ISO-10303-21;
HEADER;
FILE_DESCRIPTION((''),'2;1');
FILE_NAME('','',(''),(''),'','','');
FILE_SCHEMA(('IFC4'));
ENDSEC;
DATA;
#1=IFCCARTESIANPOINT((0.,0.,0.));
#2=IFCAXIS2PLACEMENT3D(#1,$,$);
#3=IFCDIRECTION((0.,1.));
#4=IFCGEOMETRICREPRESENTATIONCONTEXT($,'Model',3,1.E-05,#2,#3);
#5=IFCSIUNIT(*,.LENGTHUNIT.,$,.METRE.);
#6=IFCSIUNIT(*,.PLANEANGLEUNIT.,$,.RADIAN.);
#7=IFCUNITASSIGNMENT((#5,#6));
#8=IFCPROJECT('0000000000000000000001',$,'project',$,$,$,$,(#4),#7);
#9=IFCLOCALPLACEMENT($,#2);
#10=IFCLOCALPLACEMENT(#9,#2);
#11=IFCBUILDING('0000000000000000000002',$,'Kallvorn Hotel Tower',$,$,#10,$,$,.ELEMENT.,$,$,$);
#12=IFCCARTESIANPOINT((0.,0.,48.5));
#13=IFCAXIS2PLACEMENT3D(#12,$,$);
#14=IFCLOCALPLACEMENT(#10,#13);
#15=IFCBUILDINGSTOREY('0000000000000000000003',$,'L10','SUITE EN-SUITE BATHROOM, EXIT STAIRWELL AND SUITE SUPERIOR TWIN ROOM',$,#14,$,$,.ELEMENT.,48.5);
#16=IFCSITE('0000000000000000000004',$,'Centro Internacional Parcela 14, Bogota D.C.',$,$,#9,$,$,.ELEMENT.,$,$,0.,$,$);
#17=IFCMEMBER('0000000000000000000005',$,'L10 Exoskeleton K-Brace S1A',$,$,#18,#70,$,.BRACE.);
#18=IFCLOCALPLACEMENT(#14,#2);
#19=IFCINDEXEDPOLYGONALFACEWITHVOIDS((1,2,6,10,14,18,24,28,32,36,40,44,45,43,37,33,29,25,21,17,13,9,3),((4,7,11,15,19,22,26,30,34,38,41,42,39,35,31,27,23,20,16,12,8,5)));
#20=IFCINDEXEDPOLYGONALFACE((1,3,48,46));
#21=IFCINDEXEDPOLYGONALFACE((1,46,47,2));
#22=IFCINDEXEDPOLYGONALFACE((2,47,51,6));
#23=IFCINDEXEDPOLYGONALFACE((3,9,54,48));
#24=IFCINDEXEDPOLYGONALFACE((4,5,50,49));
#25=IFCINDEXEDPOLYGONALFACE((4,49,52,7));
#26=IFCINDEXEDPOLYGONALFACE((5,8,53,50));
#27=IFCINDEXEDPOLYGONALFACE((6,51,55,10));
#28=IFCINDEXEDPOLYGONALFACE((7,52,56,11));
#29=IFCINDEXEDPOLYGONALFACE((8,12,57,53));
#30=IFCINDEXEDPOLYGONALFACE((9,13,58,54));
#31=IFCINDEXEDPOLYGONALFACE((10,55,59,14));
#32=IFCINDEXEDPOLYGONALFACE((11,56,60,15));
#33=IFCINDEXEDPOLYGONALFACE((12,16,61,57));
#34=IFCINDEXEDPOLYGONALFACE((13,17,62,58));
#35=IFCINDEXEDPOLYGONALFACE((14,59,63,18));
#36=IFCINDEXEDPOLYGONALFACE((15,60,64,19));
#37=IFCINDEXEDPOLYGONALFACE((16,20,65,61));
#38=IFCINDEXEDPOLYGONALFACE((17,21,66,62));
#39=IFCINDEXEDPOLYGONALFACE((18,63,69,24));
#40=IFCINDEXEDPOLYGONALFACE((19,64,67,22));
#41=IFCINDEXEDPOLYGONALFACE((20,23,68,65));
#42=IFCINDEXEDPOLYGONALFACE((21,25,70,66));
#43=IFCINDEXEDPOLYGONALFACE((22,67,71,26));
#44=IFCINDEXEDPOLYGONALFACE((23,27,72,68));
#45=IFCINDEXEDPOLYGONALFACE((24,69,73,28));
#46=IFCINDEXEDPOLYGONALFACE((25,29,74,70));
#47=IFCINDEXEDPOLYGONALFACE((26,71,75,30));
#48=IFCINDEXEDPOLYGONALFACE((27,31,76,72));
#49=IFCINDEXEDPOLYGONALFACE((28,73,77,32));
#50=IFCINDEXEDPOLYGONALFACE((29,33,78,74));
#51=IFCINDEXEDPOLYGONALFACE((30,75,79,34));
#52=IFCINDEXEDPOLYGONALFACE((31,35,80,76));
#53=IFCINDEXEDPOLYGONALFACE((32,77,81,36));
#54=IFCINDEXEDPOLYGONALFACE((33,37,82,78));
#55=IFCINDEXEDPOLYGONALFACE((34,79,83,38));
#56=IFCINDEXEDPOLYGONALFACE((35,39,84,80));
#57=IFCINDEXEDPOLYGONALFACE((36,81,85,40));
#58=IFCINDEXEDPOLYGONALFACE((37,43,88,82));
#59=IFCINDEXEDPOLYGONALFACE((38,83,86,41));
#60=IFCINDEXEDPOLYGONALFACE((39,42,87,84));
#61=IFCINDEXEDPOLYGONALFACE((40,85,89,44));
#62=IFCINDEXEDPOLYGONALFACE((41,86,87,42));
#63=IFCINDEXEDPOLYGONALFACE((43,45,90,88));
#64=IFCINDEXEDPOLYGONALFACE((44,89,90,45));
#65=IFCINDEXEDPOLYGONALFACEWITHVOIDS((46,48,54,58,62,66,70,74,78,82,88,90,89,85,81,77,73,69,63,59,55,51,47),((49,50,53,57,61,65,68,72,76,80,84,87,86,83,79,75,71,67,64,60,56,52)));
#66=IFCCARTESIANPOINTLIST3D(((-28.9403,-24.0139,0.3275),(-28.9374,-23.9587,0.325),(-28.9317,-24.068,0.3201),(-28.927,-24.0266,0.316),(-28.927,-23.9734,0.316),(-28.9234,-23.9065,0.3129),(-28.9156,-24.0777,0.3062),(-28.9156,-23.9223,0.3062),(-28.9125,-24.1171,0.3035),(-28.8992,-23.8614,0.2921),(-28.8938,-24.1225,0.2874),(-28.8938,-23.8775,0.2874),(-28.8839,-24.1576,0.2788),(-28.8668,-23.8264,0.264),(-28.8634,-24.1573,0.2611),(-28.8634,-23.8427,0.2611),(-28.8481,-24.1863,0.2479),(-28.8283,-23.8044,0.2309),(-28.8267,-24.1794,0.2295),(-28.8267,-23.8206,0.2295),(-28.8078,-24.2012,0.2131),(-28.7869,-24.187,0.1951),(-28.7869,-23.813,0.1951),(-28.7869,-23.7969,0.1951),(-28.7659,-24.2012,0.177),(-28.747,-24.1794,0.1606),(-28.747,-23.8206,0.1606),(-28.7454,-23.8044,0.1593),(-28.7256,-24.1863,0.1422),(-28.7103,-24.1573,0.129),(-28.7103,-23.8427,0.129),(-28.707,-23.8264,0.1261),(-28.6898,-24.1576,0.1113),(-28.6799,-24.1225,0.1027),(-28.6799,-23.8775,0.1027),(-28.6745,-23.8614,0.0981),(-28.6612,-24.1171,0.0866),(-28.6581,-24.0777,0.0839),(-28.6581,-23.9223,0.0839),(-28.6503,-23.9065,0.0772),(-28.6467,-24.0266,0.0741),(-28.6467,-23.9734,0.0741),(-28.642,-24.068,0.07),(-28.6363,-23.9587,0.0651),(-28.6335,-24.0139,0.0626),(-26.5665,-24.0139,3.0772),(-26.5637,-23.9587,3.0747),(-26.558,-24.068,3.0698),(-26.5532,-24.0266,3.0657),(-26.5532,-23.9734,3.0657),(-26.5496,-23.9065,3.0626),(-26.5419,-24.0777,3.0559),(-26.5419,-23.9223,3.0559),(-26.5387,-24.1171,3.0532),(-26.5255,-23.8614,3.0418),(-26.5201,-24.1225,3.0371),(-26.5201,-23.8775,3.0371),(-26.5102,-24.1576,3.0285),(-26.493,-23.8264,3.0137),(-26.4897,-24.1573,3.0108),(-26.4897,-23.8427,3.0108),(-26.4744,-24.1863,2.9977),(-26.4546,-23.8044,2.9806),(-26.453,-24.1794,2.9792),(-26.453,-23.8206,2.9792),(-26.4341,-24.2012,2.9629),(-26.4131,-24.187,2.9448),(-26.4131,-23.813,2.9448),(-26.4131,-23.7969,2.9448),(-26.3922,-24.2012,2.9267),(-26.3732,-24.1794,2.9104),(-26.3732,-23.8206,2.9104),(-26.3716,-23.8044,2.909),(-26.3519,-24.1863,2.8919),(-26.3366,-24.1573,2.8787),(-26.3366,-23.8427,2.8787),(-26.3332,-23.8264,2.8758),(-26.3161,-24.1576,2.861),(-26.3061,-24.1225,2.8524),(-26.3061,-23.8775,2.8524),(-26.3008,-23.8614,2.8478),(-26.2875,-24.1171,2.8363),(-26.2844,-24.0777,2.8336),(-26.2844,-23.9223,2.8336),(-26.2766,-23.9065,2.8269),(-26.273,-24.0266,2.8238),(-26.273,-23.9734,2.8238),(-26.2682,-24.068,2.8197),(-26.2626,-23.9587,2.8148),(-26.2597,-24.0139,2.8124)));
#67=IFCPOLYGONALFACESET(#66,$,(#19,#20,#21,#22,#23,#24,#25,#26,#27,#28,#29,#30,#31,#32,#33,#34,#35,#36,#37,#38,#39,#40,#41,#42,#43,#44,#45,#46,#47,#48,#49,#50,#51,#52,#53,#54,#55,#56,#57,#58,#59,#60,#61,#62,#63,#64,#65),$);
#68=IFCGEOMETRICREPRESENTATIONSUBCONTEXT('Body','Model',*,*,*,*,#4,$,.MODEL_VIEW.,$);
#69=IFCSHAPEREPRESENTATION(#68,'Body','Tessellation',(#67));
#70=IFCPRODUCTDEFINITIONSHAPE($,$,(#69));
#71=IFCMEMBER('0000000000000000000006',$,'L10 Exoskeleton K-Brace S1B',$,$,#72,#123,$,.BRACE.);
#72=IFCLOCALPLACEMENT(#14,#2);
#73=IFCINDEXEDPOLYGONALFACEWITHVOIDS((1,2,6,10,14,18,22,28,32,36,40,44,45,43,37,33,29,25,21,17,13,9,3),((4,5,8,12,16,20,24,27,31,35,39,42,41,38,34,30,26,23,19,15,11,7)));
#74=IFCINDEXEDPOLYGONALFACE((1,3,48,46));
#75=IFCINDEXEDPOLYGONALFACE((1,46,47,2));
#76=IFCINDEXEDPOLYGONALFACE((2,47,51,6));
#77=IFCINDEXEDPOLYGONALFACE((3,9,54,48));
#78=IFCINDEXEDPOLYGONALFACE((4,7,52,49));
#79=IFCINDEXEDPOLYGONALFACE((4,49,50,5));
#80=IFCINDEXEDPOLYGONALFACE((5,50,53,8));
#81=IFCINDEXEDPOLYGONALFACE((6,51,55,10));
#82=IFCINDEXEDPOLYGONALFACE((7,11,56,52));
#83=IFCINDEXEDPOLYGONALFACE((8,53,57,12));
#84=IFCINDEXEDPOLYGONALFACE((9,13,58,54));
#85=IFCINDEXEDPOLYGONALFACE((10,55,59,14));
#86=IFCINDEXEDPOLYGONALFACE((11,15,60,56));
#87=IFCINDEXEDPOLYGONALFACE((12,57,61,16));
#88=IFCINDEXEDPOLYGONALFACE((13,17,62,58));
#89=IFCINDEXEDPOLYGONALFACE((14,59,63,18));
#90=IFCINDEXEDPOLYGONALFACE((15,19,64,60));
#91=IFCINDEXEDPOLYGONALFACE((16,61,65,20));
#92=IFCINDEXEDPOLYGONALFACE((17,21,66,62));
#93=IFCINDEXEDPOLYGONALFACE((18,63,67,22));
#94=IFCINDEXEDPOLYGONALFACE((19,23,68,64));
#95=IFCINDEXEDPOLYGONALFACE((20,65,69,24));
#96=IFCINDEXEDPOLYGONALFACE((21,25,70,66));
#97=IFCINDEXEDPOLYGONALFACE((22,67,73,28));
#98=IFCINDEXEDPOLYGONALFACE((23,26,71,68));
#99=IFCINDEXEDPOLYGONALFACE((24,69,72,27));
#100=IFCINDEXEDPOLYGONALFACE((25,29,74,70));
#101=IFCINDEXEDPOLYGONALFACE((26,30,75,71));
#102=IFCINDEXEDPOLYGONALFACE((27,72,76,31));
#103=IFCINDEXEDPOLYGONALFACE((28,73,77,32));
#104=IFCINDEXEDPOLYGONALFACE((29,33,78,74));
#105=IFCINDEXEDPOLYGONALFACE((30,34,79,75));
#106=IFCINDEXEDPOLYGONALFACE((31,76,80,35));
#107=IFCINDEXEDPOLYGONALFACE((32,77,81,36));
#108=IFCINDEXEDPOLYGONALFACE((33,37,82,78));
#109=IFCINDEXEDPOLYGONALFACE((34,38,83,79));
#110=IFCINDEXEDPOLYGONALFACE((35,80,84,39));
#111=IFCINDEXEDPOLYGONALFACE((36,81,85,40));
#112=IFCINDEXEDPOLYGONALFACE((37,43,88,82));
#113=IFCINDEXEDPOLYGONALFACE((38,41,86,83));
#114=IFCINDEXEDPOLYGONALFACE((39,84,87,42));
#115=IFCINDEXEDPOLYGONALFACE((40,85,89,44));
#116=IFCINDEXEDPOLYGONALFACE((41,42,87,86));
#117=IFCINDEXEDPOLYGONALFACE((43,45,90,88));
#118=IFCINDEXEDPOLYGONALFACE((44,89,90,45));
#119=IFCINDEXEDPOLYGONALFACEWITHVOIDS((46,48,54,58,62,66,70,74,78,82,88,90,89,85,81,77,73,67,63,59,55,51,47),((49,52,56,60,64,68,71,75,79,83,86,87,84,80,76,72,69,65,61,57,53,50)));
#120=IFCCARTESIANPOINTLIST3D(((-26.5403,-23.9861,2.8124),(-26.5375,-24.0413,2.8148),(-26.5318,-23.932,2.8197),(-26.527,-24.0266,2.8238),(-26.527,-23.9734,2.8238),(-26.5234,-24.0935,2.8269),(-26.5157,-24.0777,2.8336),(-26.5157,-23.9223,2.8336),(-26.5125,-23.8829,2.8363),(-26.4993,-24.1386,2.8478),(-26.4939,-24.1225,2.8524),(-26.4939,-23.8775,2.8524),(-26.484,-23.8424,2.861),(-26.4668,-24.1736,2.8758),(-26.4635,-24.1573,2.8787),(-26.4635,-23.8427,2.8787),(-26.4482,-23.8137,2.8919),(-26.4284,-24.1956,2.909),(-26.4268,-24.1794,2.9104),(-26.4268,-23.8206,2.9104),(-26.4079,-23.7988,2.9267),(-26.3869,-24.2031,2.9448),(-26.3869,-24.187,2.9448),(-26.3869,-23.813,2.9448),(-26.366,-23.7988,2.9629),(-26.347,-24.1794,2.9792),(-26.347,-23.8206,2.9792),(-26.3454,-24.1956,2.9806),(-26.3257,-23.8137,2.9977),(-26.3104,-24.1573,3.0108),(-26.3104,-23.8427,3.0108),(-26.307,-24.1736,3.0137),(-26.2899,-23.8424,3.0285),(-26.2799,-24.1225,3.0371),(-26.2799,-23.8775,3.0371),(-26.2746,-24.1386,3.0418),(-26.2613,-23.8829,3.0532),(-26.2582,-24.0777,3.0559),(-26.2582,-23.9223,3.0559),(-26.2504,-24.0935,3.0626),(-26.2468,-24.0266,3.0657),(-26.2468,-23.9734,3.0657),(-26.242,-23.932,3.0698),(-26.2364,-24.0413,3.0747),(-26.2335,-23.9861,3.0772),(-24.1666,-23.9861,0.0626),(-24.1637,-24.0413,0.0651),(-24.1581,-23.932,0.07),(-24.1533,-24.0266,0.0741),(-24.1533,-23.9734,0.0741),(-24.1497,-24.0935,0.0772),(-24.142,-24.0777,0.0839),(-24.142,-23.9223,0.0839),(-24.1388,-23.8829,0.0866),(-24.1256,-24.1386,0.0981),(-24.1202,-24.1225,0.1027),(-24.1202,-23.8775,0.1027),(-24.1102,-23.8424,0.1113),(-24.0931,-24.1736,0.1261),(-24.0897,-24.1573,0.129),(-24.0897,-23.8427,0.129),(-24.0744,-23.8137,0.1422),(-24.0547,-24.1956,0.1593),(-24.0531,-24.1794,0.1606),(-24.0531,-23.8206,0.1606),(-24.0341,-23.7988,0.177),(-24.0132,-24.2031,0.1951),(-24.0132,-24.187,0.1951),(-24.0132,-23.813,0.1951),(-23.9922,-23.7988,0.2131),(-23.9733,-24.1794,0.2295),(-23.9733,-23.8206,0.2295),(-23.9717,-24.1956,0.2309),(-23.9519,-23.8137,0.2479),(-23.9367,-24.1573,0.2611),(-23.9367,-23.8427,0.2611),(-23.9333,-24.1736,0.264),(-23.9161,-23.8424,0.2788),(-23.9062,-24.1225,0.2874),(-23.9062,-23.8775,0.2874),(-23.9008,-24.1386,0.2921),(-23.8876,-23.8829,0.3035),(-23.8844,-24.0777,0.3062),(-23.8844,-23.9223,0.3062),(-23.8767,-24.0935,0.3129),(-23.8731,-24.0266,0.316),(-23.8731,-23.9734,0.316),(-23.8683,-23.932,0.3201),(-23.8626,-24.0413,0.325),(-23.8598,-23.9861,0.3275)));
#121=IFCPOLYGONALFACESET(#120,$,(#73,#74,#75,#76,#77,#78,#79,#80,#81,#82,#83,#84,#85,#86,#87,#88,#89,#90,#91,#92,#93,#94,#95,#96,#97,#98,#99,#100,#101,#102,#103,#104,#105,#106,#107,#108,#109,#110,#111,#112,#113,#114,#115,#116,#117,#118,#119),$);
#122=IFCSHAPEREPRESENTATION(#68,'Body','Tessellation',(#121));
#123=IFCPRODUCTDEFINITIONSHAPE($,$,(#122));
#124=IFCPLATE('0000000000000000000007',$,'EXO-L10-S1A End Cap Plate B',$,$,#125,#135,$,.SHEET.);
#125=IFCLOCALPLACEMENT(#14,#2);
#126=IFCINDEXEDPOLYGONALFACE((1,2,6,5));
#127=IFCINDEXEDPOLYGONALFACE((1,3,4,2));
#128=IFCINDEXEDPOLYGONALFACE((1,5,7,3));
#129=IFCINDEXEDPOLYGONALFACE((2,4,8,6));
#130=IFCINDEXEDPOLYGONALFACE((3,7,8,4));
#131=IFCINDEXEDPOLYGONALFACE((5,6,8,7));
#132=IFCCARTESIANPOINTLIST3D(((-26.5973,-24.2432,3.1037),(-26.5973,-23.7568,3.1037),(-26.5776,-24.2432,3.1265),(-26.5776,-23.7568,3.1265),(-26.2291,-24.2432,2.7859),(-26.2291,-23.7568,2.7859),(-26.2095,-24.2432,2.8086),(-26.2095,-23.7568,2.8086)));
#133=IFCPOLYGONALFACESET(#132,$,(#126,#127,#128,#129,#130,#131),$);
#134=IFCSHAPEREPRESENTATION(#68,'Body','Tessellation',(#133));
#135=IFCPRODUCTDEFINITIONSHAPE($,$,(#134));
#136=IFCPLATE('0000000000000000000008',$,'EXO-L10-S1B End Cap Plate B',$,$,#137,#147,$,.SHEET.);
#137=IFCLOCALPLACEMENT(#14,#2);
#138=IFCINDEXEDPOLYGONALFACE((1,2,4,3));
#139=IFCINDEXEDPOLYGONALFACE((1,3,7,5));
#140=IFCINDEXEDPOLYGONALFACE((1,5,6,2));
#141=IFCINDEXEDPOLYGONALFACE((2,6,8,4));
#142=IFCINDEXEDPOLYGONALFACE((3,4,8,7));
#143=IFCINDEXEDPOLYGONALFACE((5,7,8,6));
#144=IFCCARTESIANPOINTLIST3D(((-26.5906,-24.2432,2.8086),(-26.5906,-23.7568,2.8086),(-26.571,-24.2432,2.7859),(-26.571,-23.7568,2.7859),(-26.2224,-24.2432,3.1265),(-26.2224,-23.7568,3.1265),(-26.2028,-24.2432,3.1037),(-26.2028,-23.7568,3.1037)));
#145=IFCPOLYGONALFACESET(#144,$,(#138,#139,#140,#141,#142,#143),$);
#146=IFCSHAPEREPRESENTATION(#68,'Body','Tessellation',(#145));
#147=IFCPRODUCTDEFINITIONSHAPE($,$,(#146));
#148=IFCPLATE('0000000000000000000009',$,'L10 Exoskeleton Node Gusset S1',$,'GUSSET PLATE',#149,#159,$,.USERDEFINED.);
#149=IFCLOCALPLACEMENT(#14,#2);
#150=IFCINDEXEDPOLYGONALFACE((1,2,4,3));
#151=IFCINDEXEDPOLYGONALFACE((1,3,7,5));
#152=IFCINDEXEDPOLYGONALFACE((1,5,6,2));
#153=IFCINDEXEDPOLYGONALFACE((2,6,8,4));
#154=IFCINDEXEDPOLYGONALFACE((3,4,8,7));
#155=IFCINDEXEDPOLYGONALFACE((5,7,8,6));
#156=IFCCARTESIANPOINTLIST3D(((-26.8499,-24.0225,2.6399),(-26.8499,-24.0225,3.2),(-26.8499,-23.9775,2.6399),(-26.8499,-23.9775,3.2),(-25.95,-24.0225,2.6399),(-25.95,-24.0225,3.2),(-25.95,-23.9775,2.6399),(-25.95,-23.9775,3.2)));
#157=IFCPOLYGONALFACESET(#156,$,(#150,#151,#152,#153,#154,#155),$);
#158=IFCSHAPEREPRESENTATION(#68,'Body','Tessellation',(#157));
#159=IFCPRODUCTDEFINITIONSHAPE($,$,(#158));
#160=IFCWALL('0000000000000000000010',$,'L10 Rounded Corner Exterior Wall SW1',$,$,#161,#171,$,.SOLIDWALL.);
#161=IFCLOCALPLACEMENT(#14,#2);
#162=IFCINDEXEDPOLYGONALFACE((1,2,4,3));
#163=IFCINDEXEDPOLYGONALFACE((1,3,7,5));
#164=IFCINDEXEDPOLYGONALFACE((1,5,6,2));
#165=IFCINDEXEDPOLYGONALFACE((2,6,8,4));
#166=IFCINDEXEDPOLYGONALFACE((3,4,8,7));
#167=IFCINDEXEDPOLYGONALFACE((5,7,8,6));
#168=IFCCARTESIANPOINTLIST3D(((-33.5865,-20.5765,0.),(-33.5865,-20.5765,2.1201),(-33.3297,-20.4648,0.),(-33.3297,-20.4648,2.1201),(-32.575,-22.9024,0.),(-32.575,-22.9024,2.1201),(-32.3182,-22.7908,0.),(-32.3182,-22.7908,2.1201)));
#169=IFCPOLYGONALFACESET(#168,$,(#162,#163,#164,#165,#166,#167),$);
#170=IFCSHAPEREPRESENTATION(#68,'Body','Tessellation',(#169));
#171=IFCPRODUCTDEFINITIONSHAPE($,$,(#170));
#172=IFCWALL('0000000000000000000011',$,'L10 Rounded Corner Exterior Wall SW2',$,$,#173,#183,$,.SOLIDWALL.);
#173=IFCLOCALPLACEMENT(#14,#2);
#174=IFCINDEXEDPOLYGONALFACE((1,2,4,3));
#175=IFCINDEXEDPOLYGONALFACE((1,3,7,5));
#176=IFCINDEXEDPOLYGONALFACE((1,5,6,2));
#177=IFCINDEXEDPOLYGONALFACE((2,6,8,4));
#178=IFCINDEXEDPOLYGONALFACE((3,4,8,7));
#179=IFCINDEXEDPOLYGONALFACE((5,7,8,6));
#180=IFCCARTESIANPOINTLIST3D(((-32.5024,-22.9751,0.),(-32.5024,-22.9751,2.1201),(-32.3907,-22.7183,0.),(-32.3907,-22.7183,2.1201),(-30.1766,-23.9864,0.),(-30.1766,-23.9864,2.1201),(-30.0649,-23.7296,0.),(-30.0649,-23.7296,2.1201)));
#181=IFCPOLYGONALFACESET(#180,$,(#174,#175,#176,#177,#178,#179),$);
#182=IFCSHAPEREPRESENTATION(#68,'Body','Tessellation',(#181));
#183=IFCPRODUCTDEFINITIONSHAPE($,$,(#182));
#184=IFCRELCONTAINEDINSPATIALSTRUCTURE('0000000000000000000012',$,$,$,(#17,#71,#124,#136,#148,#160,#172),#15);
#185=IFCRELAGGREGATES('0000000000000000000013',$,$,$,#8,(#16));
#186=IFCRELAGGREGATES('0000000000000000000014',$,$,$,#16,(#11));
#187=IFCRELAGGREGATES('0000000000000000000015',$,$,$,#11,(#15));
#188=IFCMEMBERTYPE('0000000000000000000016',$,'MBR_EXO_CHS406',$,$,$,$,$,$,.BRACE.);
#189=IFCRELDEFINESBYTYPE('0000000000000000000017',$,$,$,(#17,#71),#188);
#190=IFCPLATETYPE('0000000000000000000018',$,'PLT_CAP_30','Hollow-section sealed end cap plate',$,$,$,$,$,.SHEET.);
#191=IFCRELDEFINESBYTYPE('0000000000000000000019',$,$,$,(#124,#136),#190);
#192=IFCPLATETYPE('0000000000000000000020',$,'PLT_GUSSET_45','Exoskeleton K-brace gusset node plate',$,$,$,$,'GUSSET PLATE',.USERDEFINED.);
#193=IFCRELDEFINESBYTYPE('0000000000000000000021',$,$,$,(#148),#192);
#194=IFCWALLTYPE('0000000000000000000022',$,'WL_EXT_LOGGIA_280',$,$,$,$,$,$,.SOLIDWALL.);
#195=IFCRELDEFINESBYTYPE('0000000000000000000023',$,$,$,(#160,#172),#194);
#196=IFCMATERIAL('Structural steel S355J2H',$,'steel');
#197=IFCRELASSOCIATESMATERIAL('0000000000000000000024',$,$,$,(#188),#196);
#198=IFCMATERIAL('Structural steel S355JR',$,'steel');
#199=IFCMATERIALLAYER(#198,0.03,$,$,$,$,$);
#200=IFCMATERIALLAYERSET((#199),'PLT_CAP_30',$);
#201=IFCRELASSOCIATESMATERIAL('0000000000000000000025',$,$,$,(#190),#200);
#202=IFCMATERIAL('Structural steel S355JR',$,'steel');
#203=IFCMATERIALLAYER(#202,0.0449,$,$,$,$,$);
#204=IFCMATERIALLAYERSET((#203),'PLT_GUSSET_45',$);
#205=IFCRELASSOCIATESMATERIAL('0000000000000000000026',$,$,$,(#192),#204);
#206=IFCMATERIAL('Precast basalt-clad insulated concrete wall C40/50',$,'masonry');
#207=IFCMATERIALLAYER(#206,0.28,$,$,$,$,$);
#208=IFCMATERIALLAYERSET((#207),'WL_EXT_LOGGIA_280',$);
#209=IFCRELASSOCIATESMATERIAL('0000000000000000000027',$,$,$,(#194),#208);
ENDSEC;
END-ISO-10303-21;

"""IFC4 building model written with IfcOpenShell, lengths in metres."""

from ifc_helpers import new_model, si_unit, direction, frame, frame_2d, origin, origin_2d, place, context, subcontext, project, spatial, polyline, rectangle, hollow_circle, outline, extrude, material, layer, layer_set, material_profile, profile_set, type_object, element, save


model = new_model("IFC4")

# Units and contexts
model_context = context("Model", 3, precision=1e-05, world=origin(), true_north=direction((0.0, 1.0)))
body_context = subcontext(model_context, "Body", "Model", "MODEL_VIEW")
ifc_project = project(units=[si_unit("LENGTHUNIT", "METRE"), si_unit("PLANEANGLEUNIT", "RADIAN")], contexts=[model_context])

# Site, building, storey
site_placement = place(None, origin())
site = spatial("IfcSite", under=ifc_project, at=site_placement, Name="Centro Internacional Parcela 14, Bogota D.C.", CompositionType="ELEMENT", RefElevation=0.0)
building_placement = place(site_placement, origin())
building = spatial("IfcBuilding", under=site, at=building_placement, Name="Kallvorn Hotel Tower", CompositionType="ELEMENT")
storey_placement = place(building_placement, frame((0.0, 0.0, 48.5)))
storey = spatial("IfcBuildingStorey", under=building, at=storey_placement, Name="L10", Description="SUITE EN-SUITE BATHROOM, EXIT STAIRWELL AND SUITE SUPERIOR TWIN ROOM", CompositionType="ELEMENT", Elevation=48.5)

# Members
ifc_material_1 = material(Name="Structural steel S355J2H", Category="steel")
ifc_material_profile_1 = material_profile(ifc_material_1, hollow_circle(Radius=0.2031, WallThickness=0.0161, at=origin_2d()), Name="CHS 406.4x16")
ifc_profile_set_1 = profile_set([ifc_material_profile_1], Name="Structural steel S355J2H")
member_type = type_object("IfcMemberType", Name="MBR_EXO_CHS406", PredefinedType="BRACE", material=ifc_profile_set_1)
for number, where, z_axis, x_axis, name in (
    (1, (-28.7869, -24.0, 0.1951), (0.653461, 0.0, 0.756961), (0.0, 1.0, 0.0), "L10 Exoskeleton K-Brace S1A"),
    (2, (-24.0132, -24.0, 0.1951), (-0.653461, 0.0, 0.756961), (0.0, -1.0, 0.0), "L10 Exoskeleton K-Brace S1B"),
):
    element("IfcMember", number, at=place(storey_placement, frame(where, z_axis=z_axis, x_axis=x_axis)), inside=storey, type_object=member_type, Name=name, PredefinedType="BRACE", context=body_context, shape_type="SweptSolid", body=[
        extrude(hollow_circle(Radius=0.2031, WallThickness=0.0161, at=origin_2d()), origin(), (0.0, 0.0, 1.0), 3.6326),
    ])

# Plates
ifc_material_2 = material(Name="Structural steel S355JR", Category="steel")
ifc_layer_1 = layer(ifc_material_2, 0.03)
ifc_layer_set_1 = layer_set([ifc_layer_1], Name="PLT_CAP_30")
plate_type_1 = type_object("IfcPlateType", Name="PLT_CAP_30", Description="Hollow-section sealed end cap plate", PredefinedType="SHEET", material=ifc_layer_set_1)
for number, where, z_axis, x_axis, name in (
    (3, (-26.2095, -24.2432, 2.8086), (0.653515, 0.0, 0.756913), (0.0, 1.0, 0.0), "EXO-L10-S1A End Cap Plate B"),
    (4, (-26.5906, -23.7568, 2.8086), (-0.653515, 0.0, 0.756913), (0.0, -1.0, 0.0), "EXO-L10-S1B End Cap Plate B"),
):
    element("IfcPlate", number, at=place(storey_placement, frame(where, z_axis=z_axis, x_axis=x_axis)), inside=storey, type_object=plate_type_1, Name=name, PredefinedType="SHEET", context=body_context, shape_type="SweptSolid", body=[
        extrude(outline(polyline([(0.0, 0.0), (0.4863, 0.0), (0.4863, 0.4864), (0.0, 0.4864), (0.0, 0.0)])), origin(), (0.0, 0.0, -1.0), 0.03),
    ])
ifc_material_3 = material(Name="Structural steel S355JR", Category="steel")
ifc_layer_2 = layer(ifc_material_3, 0.0449)
ifc_layer_set_2 = layer_set([ifc_layer_2], Name="PLT_GUSSET_45")
plate_type_2 = type_object("IfcPlateType", Name="PLT_GUSSET_45", Description="Exoskeleton K-brace gusset node plate", ElementType="GUSSET PLATE", PredefinedType="USERDEFINED", material=ifc_layer_set_2)
plate_placement = place(storey_placement, frame((-26.3999, -24.0, 2.6399), z_axis=(0.0, 0.0, 1.0), x_axis=(1.0, 0.0, 0.0)))
element("IfcPlate", 5, at=plate_placement, inside=storey, type_object=plate_type_2, Name="L10 Exoskeleton Node Gusset S1", ObjectType="GUSSET PLATE", PredefinedType="USERDEFINED", context=body_context, shape_type="SweptSolid", body=[
    extrude(rectangle(XDim=0.8999, YDim=0.0449, at=origin_2d()), origin(), (0.0, 0.0, 1.0), 0.5601),
])

# Walls
ifc_material_4 = material(Name="Precast basalt-clad insulated concrete wall C40/50", Category="masonry")
ifc_layer_3 = layer(ifc_material_4, 0.28)
ifc_layer_set_3 = layer_set([ifc_layer_3], Name="WL_EXT_LOGGIA_280")
wall_type_1 = type_object("IfcWallType", Name="WL_EXT_LOGGIA_280", PredefinedType="SOLIDWALL", material=ifc_layer_set_3)
wall_1_placement = place(storey_placement, frame((-33.458, -20.5208, 0.0), z_axis=(0.0, 0.0, 1.0), x_axis=(0.398793, -0.917041, 0.0)))
element("IfcWall", 6, at=wall_1_placement, inside=storey, type_object=wall_type_1, Name="L10 Rounded Corner Exterior Wall SW1", PredefinedType="SOLIDWALL", context=body_context, shape_type="SweptSolid", body=[
    extrude(rectangle(XDim=2.5364, YDim=0.28, at=frame_2d((1.2681, 0.0))), origin(), (0.0, 0.0, 1.0), 2.1201),
])
wall_2_placement = place(storey_placement, frame((-32.4465, -22.8467, 0.0), z_axis=(0.0, 0.0, 1.0), x_axis=(0.917061, -0.398747, 0.0)))
element("IfcWall", 7, at=wall_2_placement, inside=storey, type_object=wall_type_1, Name="L10 Rounded Corner Exterior Wall SW2", PredefinedType="SOLIDWALL", context=body_context, shape_type="SweptSolid", body=[
    extrude(rectangle(XDim=2.5361, YDim=0.28, at=frame_2d((1.2681, 0.0))), origin(), (0.0, 0.0, 1.0), 2.1201),
])

save(model, "model.ifc")
